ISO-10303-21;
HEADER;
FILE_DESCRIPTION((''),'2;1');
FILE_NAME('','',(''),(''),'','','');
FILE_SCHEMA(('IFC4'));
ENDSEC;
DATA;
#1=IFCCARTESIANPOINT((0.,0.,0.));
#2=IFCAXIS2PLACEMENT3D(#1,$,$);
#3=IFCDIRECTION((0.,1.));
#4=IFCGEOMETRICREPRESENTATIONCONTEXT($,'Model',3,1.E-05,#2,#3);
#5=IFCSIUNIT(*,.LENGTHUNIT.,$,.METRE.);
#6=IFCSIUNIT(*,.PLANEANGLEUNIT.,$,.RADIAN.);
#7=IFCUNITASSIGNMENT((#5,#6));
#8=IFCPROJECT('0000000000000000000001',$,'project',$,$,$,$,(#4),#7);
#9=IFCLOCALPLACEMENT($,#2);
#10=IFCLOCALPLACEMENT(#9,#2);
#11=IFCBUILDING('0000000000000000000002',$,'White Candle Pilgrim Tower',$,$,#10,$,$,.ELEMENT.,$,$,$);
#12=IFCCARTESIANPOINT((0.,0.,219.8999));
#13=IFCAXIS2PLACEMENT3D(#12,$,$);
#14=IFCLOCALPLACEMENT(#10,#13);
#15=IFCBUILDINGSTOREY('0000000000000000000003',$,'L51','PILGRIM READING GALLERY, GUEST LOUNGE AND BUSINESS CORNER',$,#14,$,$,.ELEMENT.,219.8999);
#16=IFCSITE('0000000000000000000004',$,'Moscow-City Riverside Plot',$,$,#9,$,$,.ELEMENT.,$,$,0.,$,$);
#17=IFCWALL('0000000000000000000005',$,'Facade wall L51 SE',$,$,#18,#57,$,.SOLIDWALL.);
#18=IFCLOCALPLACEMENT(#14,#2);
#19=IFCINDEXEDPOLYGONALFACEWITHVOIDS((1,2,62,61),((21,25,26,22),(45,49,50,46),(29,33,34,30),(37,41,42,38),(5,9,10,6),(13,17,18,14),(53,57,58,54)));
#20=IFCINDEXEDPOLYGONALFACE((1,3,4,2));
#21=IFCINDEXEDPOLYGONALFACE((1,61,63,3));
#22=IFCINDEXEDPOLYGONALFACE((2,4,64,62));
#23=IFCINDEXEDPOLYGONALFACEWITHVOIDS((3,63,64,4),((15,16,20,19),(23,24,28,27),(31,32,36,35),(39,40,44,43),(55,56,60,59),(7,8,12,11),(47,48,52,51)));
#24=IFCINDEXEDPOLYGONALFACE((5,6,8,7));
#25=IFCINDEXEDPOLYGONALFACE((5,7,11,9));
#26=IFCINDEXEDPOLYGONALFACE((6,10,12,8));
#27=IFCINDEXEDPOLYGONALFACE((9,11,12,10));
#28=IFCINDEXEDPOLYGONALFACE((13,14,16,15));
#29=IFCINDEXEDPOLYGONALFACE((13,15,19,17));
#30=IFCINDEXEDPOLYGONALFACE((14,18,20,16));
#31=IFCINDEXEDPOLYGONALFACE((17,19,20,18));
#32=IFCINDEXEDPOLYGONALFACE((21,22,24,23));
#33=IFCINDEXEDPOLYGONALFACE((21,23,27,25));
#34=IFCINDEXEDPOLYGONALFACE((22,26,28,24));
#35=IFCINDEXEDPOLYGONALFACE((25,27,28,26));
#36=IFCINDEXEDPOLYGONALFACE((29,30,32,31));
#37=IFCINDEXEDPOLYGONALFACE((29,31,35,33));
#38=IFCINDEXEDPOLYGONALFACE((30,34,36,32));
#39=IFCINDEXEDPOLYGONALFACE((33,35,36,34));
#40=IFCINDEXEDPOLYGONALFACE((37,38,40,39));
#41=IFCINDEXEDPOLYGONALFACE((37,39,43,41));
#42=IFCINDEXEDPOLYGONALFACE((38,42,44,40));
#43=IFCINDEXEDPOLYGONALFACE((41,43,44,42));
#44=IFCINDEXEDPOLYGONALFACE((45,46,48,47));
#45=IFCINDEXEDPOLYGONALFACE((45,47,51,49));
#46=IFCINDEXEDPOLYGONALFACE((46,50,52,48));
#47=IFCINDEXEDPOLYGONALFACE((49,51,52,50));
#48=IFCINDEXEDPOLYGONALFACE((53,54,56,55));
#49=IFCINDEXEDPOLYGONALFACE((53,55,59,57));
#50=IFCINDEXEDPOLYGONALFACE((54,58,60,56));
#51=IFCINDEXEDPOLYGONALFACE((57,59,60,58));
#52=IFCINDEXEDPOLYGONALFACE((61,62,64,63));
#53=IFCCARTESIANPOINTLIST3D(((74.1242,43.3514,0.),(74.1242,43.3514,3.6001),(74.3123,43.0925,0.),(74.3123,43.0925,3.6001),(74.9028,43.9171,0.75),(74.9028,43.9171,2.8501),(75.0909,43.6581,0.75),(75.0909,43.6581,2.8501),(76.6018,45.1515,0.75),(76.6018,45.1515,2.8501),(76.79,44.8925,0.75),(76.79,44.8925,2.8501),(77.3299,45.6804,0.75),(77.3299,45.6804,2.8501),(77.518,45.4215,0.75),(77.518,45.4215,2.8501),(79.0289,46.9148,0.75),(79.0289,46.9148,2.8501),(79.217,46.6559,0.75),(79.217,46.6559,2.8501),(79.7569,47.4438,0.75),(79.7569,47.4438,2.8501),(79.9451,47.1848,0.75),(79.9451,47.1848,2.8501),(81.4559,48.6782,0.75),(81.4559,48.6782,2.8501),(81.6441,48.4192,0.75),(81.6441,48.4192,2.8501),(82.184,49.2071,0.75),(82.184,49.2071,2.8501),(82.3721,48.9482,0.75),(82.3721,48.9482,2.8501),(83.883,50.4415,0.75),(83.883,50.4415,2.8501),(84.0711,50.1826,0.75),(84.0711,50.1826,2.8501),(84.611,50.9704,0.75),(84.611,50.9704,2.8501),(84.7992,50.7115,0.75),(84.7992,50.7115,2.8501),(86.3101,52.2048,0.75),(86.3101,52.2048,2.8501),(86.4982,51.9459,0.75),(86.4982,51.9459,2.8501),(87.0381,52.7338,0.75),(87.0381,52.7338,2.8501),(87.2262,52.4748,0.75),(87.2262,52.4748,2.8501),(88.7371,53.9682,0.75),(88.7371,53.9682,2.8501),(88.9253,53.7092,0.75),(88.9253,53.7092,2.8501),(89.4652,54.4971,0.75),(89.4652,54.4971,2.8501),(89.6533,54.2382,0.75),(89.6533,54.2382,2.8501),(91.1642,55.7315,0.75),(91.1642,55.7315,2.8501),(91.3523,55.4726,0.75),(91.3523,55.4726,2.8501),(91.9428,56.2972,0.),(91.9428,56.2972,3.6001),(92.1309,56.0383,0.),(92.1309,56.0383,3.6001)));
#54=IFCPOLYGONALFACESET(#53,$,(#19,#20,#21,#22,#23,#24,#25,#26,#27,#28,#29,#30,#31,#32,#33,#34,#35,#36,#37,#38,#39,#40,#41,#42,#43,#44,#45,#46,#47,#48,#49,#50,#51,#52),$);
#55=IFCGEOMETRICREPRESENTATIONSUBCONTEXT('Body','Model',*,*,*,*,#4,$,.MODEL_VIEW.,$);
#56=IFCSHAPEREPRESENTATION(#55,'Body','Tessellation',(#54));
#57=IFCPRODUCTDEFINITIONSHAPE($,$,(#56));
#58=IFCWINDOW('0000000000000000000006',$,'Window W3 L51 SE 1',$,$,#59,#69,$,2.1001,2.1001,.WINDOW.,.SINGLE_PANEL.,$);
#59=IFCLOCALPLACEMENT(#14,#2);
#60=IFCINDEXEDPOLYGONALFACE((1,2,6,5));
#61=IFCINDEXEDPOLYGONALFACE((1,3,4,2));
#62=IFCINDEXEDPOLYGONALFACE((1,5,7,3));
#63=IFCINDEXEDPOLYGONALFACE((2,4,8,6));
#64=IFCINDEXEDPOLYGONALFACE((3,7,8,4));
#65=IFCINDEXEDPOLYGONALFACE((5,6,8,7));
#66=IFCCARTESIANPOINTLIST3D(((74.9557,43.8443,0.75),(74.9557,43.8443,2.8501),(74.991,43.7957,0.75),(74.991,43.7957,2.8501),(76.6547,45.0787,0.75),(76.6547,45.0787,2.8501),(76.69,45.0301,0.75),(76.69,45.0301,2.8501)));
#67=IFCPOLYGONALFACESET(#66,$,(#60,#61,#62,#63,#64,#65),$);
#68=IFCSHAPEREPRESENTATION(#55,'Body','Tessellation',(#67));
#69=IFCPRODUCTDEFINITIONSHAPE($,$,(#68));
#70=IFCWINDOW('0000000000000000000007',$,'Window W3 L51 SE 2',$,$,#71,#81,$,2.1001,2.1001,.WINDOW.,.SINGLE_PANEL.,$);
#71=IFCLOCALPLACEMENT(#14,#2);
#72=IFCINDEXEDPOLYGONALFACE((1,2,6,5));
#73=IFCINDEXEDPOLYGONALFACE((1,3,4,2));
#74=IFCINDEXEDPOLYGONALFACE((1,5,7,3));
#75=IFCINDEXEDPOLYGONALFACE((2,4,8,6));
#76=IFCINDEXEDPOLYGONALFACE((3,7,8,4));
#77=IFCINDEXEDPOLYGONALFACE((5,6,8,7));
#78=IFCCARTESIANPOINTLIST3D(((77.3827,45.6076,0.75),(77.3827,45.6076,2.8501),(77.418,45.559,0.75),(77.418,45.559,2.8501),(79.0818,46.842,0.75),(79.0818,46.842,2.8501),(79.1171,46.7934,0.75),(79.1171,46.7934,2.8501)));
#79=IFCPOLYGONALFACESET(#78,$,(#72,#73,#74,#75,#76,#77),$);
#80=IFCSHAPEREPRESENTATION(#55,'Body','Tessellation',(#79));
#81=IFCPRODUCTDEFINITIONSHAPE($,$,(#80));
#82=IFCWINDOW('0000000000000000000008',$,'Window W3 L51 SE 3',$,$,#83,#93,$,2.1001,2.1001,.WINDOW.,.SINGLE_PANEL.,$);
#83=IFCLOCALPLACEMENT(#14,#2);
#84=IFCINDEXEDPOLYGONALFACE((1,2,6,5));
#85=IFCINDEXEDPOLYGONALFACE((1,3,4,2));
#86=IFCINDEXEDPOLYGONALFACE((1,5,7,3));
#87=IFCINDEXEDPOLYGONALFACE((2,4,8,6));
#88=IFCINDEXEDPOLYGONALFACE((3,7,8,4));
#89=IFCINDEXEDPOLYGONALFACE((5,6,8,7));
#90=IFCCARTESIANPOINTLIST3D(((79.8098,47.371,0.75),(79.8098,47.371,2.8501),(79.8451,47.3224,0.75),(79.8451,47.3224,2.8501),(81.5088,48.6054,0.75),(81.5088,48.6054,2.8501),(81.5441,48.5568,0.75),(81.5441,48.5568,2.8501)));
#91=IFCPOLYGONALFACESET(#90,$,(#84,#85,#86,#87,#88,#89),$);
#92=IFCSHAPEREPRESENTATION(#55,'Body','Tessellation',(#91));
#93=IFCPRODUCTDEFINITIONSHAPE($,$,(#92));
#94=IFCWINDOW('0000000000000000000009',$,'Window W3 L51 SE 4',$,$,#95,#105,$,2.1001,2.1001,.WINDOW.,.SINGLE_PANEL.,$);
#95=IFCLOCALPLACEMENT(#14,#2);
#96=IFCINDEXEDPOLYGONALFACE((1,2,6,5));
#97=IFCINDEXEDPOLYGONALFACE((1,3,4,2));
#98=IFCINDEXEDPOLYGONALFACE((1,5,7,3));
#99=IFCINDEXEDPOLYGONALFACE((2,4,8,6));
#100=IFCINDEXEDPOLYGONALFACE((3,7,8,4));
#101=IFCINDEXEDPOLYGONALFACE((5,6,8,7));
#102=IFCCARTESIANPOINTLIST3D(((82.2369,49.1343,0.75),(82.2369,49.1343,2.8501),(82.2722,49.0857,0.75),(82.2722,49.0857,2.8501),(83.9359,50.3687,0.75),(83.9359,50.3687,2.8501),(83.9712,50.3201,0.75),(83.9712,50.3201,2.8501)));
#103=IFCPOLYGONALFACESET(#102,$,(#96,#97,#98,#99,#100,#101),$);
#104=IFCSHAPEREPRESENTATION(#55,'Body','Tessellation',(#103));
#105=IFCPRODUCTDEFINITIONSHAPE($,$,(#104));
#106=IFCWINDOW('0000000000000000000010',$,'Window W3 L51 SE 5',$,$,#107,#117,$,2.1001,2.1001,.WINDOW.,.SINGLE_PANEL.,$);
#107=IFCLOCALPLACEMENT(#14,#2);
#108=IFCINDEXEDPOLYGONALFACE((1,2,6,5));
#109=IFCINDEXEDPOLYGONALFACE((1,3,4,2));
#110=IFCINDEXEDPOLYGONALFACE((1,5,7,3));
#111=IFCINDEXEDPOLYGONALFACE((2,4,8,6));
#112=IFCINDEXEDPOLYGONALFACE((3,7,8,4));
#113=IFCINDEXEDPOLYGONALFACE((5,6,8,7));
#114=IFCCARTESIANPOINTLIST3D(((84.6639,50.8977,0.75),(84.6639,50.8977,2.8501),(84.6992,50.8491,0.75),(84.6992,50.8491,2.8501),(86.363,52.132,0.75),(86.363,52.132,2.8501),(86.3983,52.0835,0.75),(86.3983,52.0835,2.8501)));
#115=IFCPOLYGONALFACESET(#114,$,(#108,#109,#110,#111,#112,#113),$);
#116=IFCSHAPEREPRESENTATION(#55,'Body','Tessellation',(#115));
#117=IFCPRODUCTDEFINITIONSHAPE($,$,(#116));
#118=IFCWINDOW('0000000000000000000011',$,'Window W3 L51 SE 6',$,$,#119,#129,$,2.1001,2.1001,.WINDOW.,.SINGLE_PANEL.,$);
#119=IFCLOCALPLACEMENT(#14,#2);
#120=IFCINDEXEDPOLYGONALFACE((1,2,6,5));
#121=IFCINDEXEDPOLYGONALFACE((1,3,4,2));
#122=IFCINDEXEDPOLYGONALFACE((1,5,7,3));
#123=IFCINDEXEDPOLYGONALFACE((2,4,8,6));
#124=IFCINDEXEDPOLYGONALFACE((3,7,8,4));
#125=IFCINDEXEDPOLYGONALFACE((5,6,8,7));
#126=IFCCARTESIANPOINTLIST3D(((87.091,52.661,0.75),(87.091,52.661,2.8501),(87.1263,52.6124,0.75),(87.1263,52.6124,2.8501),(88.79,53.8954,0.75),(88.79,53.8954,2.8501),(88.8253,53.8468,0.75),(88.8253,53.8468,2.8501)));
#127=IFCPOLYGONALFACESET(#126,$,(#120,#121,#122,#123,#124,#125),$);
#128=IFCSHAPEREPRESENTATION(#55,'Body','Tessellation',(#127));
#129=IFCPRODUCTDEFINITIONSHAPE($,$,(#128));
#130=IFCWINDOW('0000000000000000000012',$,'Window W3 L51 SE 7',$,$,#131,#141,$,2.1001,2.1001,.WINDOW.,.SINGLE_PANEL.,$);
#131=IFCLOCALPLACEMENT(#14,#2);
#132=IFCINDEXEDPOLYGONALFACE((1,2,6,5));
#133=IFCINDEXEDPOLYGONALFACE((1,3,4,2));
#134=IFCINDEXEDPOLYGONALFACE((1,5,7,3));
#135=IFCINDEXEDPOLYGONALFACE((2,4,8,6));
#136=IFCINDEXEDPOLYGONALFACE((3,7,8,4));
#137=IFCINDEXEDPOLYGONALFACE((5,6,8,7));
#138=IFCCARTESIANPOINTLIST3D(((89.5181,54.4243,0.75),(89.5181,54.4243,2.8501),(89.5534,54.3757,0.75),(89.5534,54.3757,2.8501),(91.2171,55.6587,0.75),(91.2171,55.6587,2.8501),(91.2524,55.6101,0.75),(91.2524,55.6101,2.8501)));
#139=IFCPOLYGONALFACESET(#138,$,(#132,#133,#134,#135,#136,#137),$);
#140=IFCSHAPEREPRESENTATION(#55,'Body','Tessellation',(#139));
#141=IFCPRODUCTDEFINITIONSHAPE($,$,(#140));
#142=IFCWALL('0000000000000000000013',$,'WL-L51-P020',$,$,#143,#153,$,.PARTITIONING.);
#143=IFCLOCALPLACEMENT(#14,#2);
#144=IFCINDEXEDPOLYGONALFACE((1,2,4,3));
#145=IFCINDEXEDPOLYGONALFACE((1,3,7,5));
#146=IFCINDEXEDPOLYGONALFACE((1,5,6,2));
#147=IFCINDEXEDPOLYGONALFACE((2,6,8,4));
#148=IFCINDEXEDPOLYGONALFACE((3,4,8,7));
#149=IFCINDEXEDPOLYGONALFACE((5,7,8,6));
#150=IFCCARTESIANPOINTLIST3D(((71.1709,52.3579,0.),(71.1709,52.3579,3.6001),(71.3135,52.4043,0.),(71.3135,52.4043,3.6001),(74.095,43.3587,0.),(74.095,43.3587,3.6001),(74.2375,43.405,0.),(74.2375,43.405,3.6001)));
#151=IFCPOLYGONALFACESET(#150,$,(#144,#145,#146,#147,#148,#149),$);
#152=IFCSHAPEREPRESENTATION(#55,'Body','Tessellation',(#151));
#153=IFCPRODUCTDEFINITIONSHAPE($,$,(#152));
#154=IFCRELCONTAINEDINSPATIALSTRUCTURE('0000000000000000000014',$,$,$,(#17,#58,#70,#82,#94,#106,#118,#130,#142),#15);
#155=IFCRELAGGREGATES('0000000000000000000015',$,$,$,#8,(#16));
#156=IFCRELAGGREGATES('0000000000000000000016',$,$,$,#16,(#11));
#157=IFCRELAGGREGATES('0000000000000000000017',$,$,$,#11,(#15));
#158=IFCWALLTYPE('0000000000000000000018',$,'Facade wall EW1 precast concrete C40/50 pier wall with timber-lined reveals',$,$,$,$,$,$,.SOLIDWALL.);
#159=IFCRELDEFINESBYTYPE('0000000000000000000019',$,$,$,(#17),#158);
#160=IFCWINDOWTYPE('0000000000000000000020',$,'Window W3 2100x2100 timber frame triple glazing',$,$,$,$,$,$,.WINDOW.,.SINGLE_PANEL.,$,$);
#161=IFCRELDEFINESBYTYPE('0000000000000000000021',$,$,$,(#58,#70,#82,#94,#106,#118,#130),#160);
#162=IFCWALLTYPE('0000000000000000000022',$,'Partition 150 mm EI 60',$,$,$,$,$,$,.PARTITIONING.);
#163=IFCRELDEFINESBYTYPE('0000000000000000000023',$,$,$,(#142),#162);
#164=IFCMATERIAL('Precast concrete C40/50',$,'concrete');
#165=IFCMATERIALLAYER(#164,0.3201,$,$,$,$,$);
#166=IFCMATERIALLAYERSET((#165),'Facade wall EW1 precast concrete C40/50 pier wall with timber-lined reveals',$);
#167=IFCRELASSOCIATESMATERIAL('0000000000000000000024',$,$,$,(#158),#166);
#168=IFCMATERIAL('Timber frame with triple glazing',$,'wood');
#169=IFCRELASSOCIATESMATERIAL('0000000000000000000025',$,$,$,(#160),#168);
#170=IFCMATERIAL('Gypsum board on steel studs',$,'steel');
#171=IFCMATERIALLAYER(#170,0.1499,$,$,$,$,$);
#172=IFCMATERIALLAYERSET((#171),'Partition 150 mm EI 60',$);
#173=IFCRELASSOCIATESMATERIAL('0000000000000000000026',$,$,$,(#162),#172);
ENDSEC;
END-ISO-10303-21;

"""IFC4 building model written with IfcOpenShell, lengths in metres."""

from ifc_helpers import new_model, si_unit, direction, frame, frame_2d, origin, place, context, subcontext, project, spatial, rectangle, extrude, material, layer, layer_set, type_object, element, fill, save


model = new_model("IFC4")

# Units and contexts
model_context = context("Model", 3, precision=1e-05, world=origin(), true_north=direction((0.0, 1.0)))
body_context = subcontext(model_context, "Body", "Model", "MODEL_VIEW")
ifc_project = project(units=[si_unit("LENGTHUNIT", "METRE"), si_unit("PLANEANGLEUNIT", "RADIAN")], contexts=[model_context])

# Site, building, storey
site_placement = place(None, origin())
site = spatial("IfcSite", under=ifc_project, at=site_placement, Name="Moscow-City Riverside Plot", CompositionType="ELEMENT", RefElevation=0.0)
building_placement = place(site_placement, origin())
building = spatial("IfcBuilding", under=site, at=building_placement, Name="White Candle Pilgrim Tower", CompositionType="ELEMENT")
storey_placement = place(building_placement, frame((0.0, 0.0, 219.8999)))
storey = spatial("IfcBuildingStorey", under=building, at=storey_placement, Name="L51", Description="PILGRIM READING GALLERY, GUEST LOUNGE AND BUSINESS CORNER", CompositionType="ELEMENT", Elevation=219.8999)

# Shared definitions
ifc_material_1 = material(Name="Gypsum board on steel studs", Category="steel")

# Wall, openings, windows
ifc_material_2 = material(Name="Precast concrete C40/50", Category="concrete")
ifc_layer_1 = layer(ifc_material_2, 0.3201)
ifc_layer_set_1 = layer_set([ifc_layer_1], Name="Facade wall EW1 precast concrete C40/50 pier wall with timber-lined reveals")
wall_type_1 = type_object("IfcWallType", Name="Facade wall EW1 precast concrete C40/50 pier wall with timber-lined reveals", PredefinedType="SOLIDWALL", material=ifc_layer_set_1)
wall_1_placement = place(storey_placement, frame((74.2183, 43.2219, 0.0), z_axis=(0.0, 0.0, 1.0), x_axis=(0.809021, 0.58778, 0.0)))
wall_1 = element("IfcWall", 1, at=wall_1_placement, inside=storey, type_object=wall_type_1, Name="Facade wall L51 SE", PredefinedType="SOLIDWALL", context=body_context, shape_type="SweptSolid", body=[
    extrude(rectangle(XDim=22.0249, YDim=0.3201, at=frame_2d((11.0125, 0.0))), origin(), (0.0, 0.0, 1.0), 3.6001),
])
opening_1_placement = place(wall_1_placement, frame((0.9624, 0.0, 0.75)))
opening_1 = element("IfcOpeningElement", 2, at=opening_1_placement, cuts=wall_1, PredefinedType="OPENING", context=body_context, shape_type="SweptSolid", body=[
    extrude(rectangle(XDim=2.1001, YDim=2.1001, at=frame_2d((1.05, 1.05))), frame((0.0, 0.1699, 0.0), z_axis=(0.0, -1.0, 0.0), x_axis=(1.0, 0.0, 0.0)), (0.0, 0.0, 1.0), 0.3401),
])
opening_2_placement = place(wall_1_placement, frame((3.9624, 0.0, 0.75)))
opening_2 = element("IfcOpeningElement", 3, at=opening_2_placement, cuts=wall_1, PredefinedType="OPENING", context=body_context, shape_type="SweptSolid", body=[
    extrude(rectangle(XDim=2.1001, YDim=2.1001, at=frame_2d((1.05, 1.05))), frame((0.0, 0.1699, 0.0), z_axis=(0.0, -1.0, 0.0), x_axis=(1.0, 0.0, 0.0)), (0.0, 0.0, 1.0), 0.3401),
])
opening_3_placement = place(wall_1_placement, frame((6.9624, 0.0, 0.75)))
opening_3 = element("IfcOpeningElement", 4, at=opening_3_placement, cuts=wall_1, PredefinedType="OPENING", context=body_context, shape_type="SweptSolid", body=[
    extrude(rectangle(XDim=2.1001, YDim=2.1001, at=frame_2d((1.05, 1.05))), frame((0.0, 0.1699, 0.0), z_axis=(0.0, -1.0, 0.0), x_axis=(1.0, 0.0, 0.0)), (0.0, 0.0, 1.0), 0.3401),
])
opening_4_placement = place(wall_1_placement, frame((9.9624, 0.0, 0.75)))
opening_4 = element("IfcOpeningElement", 5, at=opening_4_placement, cuts=wall_1, PredefinedType="OPENING", context=body_context, shape_type="SweptSolid", body=[
    extrude(rectangle(XDim=2.1001, YDim=2.1001, at=frame_2d((1.05, 1.05))), frame((0.0, 0.1699, 0.0), z_axis=(0.0, -1.0, 0.0), x_axis=(1.0, 0.0, 0.0)), (0.0, 0.0, 1.0), 0.3401),
])
opening_5_placement = place(wall_1_placement, frame((12.9624, 0.0, 0.75)))
opening_5 = element("IfcOpeningElement", 6, at=opening_5_placement, cuts=wall_1, PredefinedType="OPENING", context=body_context, shape_type="SweptSolid", body=[
    extrude(rectangle(XDim=2.1001, YDim=2.1001, at=frame_2d((1.05, 1.05))), frame((0.0, 0.1699, 0.0), z_axis=(0.0, -1.0, 0.0), x_axis=(1.0, 0.0, 0.0)), (0.0, 0.0, 1.0), 0.3401),
])
opening_6_placement = place(wall_1_placement, frame((15.9624, 0.0, 0.75)))
opening_6 = element("IfcOpeningElement", 7, at=opening_6_placement, cuts=wall_1, PredefinedType="OPENING", context=body_context, shape_type="SweptSolid", body=[
    extrude(rectangle(XDim=2.1001, YDim=2.1001, at=frame_2d((1.05, 1.05))), frame((0.0, 0.1699, 0.0), z_axis=(0.0, -1.0, 0.0), x_axis=(1.0, 0.0, 0.0)), (0.0, 0.0, 1.0), 0.3401),
])
opening_7_placement = place(wall_1_placement, frame((18.9624, 0.0, 0.75)))
opening_7 = element("IfcOpeningElement", 8, at=opening_7_placement, cuts=wall_1, PredefinedType="OPENING", context=body_context, shape_type="SweptSolid", body=[
    extrude(rectangle(XDim=2.1001, YDim=2.1001, at=frame_2d((1.05, 1.05))), frame((0.0, 0.1699, 0.0), z_axis=(0.0, -1.0, 0.0), x_axis=(1.0, 0.0, 0.0)), (0.0, 0.0, 1.0), 0.3401),
])
ifc_material_3 = material(Name="Timber frame with triple glazing", Category="wood")
window_type = type_object("IfcWindowType", Name="Window W3 2100x2100 timber frame triple glazing", PartitioningType="SINGLE_PANEL", PredefinedType="WINDOW", material=ifc_material_3)
window_1_placement = place(opening_1_placement, origin())
window_1 = element("IfcWindow", 9, at=window_1_placement, inside=storey, type_object=window_type, Name="Window W3 L51 SE 1", OverallHeight=2.1001, OverallWidth=2.1001, PartitioningType="SINGLE_PANEL", PredefinedType="WINDOW", context=body_context, shape_type="SweptSolid", body=[
    extrude(rectangle(XDim=2.1001, YDim=2.1001, at=frame_2d((1.05, 1.05))), frame((0.0, 0.0701, 0.0), z_axis=(0.0, -1.0, 0.0), x_axis=(1.0, 0.0, 0.0)), (0.0, 0.0, 1.0), 0.0601),
])
fill(opening_1, window_1)
window_2_placement = place(opening_2_placement, origin())
window_2 = element("IfcWindow", 10, at=window_2_placement, inside=storey, type_object=window_type, Name="Window W3 L51 SE 2", OverallHeight=2.1001, OverallWidth=2.1001, PartitioningType="SINGLE_PANEL", PredefinedType="WINDOW", context=body_context, shape_type="SweptSolid", body=[
    extrude(rectangle(XDim=2.1001, YDim=2.1001, at=frame_2d((1.05, 1.05))), frame((0.0, 0.0701, 0.0), z_axis=(0.0, -1.0, 0.0), x_axis=(1.0, 0.0, 0.0)), (0.0, 0.0, 1.0), 0.0601),
])
fill(opening_2, window_2)
window_3_placement = place(opening_3_placement, origin())
window_3 = element("IfcWindow", 11, at=window_3_placement, inside=storey, type_object=window_type, Name="Window W3 L51 SE 3", OverallHeight=2.1001, OverallWidth=2.1001, PartitioningType="SINGLE_PANEL", PredefinedType="WINDOW", context=body_context, shape_type="SweptSolid", body=[
    extrude(rectangle(XDim=2.1001, YDim=2.1001, at=frame_2d((1.05, 1.05))), frame((0.0, 0.0701, 0.0), z_axis=(0.0, -1.0, 0.0), x_axis=(1.0, 0.0, 0.0)), (0.0, 0.0, 1.0), 0.0601),
])
fill(opening_3, window_3)
window_4_placement = place(opening_4_placement, origin())
window_4 = element("IfcWindow", 12, at=window_4_placement, inside=storey, type_object=window_type, Name="Window W3 L51 SE 4", OverallHeight=2.1001, OverallWidth=2.1001, PartitioningType="SINGLE_PANEL", PredefinedType="WINDOW", context=body_context, shape_type="SweptSolid", body=[
    extrude(rectangle(XDim=2.1001, YDim=2.1001, at=frame_2d((1.05, 1.05))), frame((0.0, 0.0701, 0.0), z_axis=(0.0, -1.0, 0.0), x_axis=(1.0, 0.0, 0.0)), (0.0, 0.0, 1.0), 0.0601),
])
fill(opening_4, window_4)
window_5_placement = place(opening_5_placement, origin())
window_5 = element("IfcWindow", 13, at=window_5_placement, inside=storey, type_object=window_type, Name="Window W3 L51 SE 5", OverallHeight=2.1001, OverallWidth=2.1001, PartitioningType="SINGLE_PANEL", PredefinedType="WINDOW", context=body_context, shape_type="SweptSolid", body=[
    extrude(rectangle(XDim=2.1001, YDim=2.1001, at=frame_2d((1.05, 1.05))), frame((0.0, 0.0701, 0.0), z_axis=(0.0, -1.0, 0.0), x_axis=(1.0, 0.0, 0.0)), (0.0, 0.0, 1.0), 0.0601),
])
fill(opening_5, window_5)
window_6_placement = place(opening_6_placement, origin())
window_6 = element("IfcWindow", 14, at=window_6_placement, inside=storey, type_object=window_type, Name="Window W3 L51 SE 6", OverallHeight=2.1001, OverallWidth=2.1001, PartitioningType="SINGLE_PANEL", PredefinedType="WINDOW", context=body_context, shape_type="SweptSolid", body=[
    extrude(rectangle(XDim=2.1001, YDim=2.1001, at=frame_2d((1.05, 1.05))), frame((0.0, 0.0701, 0.0), z_axis=(0.0, -1.0, 0.0), x_axis=(1.0, 0.0, 0.0)), (0.0, 0.0, 1.0), 0.0601),
])
fill(opening_6, window_6)
window_7_placement = place(opening_7_placement, origin())
window_7 = element("IfcWindow", 15, at=window_7_placement, inside=storey, type_object=window_type, Name="Window W3 L51 SE 7", OverallHeight=2.1001, OverallWidth=2.1001, PartitioningType="SINGLE_PANEL", PredefinedType="WINDOW", context=body_context, shape_type="SweptSolid", body=[
    extrude(rectangle(XDim=2.1001, YDim=2.1001, at=frame_2d((1.05, 1.05))), frame((0.0, 0.0701, 0.0), z_axis=(0.0, -1.0, 0.0), x_axis=(1.0, 0.0, 0.0)), (0.0, 0.0, 1.0), 0.0601),
])
fill(opening_7, window_7)

# Wall
ifc_layer_2 = layer(ifc_material_1, 0.1499)
ifc_layer_set_2 = layer_set([ifc_layer_2], Name="Partition 150 mm EI 60")
wall_type_2 = type_object("IfcWallType", Name="Partition 150 mm EI 60", PredefinedType="PARTITIONING", material=ifc_layer_set_2)
wall_2_placement = place(storey_placement, frame((74.1663, 43.3818, 0.0), z_axis=(0.0, 0.0, 1.0), x_axis=(-0.30902, 0.951055, 0.0)))
element("IfcWall", 16, at=wall_2_placement, inside=storey, type_object=wall_type_2, Name="WL-L51-P020", PredefinedType="PARTITIONING", context=body_context, shape_type="SweptSolid", body=[
    extrude(rectangle(XDim=9.4624, YDim=0.1499, at=frame_2d((4.7312, 0.0))), origin(), (0.0, 0.0, 1.0), 3.6001),
])

save(model, "model.ifc")
